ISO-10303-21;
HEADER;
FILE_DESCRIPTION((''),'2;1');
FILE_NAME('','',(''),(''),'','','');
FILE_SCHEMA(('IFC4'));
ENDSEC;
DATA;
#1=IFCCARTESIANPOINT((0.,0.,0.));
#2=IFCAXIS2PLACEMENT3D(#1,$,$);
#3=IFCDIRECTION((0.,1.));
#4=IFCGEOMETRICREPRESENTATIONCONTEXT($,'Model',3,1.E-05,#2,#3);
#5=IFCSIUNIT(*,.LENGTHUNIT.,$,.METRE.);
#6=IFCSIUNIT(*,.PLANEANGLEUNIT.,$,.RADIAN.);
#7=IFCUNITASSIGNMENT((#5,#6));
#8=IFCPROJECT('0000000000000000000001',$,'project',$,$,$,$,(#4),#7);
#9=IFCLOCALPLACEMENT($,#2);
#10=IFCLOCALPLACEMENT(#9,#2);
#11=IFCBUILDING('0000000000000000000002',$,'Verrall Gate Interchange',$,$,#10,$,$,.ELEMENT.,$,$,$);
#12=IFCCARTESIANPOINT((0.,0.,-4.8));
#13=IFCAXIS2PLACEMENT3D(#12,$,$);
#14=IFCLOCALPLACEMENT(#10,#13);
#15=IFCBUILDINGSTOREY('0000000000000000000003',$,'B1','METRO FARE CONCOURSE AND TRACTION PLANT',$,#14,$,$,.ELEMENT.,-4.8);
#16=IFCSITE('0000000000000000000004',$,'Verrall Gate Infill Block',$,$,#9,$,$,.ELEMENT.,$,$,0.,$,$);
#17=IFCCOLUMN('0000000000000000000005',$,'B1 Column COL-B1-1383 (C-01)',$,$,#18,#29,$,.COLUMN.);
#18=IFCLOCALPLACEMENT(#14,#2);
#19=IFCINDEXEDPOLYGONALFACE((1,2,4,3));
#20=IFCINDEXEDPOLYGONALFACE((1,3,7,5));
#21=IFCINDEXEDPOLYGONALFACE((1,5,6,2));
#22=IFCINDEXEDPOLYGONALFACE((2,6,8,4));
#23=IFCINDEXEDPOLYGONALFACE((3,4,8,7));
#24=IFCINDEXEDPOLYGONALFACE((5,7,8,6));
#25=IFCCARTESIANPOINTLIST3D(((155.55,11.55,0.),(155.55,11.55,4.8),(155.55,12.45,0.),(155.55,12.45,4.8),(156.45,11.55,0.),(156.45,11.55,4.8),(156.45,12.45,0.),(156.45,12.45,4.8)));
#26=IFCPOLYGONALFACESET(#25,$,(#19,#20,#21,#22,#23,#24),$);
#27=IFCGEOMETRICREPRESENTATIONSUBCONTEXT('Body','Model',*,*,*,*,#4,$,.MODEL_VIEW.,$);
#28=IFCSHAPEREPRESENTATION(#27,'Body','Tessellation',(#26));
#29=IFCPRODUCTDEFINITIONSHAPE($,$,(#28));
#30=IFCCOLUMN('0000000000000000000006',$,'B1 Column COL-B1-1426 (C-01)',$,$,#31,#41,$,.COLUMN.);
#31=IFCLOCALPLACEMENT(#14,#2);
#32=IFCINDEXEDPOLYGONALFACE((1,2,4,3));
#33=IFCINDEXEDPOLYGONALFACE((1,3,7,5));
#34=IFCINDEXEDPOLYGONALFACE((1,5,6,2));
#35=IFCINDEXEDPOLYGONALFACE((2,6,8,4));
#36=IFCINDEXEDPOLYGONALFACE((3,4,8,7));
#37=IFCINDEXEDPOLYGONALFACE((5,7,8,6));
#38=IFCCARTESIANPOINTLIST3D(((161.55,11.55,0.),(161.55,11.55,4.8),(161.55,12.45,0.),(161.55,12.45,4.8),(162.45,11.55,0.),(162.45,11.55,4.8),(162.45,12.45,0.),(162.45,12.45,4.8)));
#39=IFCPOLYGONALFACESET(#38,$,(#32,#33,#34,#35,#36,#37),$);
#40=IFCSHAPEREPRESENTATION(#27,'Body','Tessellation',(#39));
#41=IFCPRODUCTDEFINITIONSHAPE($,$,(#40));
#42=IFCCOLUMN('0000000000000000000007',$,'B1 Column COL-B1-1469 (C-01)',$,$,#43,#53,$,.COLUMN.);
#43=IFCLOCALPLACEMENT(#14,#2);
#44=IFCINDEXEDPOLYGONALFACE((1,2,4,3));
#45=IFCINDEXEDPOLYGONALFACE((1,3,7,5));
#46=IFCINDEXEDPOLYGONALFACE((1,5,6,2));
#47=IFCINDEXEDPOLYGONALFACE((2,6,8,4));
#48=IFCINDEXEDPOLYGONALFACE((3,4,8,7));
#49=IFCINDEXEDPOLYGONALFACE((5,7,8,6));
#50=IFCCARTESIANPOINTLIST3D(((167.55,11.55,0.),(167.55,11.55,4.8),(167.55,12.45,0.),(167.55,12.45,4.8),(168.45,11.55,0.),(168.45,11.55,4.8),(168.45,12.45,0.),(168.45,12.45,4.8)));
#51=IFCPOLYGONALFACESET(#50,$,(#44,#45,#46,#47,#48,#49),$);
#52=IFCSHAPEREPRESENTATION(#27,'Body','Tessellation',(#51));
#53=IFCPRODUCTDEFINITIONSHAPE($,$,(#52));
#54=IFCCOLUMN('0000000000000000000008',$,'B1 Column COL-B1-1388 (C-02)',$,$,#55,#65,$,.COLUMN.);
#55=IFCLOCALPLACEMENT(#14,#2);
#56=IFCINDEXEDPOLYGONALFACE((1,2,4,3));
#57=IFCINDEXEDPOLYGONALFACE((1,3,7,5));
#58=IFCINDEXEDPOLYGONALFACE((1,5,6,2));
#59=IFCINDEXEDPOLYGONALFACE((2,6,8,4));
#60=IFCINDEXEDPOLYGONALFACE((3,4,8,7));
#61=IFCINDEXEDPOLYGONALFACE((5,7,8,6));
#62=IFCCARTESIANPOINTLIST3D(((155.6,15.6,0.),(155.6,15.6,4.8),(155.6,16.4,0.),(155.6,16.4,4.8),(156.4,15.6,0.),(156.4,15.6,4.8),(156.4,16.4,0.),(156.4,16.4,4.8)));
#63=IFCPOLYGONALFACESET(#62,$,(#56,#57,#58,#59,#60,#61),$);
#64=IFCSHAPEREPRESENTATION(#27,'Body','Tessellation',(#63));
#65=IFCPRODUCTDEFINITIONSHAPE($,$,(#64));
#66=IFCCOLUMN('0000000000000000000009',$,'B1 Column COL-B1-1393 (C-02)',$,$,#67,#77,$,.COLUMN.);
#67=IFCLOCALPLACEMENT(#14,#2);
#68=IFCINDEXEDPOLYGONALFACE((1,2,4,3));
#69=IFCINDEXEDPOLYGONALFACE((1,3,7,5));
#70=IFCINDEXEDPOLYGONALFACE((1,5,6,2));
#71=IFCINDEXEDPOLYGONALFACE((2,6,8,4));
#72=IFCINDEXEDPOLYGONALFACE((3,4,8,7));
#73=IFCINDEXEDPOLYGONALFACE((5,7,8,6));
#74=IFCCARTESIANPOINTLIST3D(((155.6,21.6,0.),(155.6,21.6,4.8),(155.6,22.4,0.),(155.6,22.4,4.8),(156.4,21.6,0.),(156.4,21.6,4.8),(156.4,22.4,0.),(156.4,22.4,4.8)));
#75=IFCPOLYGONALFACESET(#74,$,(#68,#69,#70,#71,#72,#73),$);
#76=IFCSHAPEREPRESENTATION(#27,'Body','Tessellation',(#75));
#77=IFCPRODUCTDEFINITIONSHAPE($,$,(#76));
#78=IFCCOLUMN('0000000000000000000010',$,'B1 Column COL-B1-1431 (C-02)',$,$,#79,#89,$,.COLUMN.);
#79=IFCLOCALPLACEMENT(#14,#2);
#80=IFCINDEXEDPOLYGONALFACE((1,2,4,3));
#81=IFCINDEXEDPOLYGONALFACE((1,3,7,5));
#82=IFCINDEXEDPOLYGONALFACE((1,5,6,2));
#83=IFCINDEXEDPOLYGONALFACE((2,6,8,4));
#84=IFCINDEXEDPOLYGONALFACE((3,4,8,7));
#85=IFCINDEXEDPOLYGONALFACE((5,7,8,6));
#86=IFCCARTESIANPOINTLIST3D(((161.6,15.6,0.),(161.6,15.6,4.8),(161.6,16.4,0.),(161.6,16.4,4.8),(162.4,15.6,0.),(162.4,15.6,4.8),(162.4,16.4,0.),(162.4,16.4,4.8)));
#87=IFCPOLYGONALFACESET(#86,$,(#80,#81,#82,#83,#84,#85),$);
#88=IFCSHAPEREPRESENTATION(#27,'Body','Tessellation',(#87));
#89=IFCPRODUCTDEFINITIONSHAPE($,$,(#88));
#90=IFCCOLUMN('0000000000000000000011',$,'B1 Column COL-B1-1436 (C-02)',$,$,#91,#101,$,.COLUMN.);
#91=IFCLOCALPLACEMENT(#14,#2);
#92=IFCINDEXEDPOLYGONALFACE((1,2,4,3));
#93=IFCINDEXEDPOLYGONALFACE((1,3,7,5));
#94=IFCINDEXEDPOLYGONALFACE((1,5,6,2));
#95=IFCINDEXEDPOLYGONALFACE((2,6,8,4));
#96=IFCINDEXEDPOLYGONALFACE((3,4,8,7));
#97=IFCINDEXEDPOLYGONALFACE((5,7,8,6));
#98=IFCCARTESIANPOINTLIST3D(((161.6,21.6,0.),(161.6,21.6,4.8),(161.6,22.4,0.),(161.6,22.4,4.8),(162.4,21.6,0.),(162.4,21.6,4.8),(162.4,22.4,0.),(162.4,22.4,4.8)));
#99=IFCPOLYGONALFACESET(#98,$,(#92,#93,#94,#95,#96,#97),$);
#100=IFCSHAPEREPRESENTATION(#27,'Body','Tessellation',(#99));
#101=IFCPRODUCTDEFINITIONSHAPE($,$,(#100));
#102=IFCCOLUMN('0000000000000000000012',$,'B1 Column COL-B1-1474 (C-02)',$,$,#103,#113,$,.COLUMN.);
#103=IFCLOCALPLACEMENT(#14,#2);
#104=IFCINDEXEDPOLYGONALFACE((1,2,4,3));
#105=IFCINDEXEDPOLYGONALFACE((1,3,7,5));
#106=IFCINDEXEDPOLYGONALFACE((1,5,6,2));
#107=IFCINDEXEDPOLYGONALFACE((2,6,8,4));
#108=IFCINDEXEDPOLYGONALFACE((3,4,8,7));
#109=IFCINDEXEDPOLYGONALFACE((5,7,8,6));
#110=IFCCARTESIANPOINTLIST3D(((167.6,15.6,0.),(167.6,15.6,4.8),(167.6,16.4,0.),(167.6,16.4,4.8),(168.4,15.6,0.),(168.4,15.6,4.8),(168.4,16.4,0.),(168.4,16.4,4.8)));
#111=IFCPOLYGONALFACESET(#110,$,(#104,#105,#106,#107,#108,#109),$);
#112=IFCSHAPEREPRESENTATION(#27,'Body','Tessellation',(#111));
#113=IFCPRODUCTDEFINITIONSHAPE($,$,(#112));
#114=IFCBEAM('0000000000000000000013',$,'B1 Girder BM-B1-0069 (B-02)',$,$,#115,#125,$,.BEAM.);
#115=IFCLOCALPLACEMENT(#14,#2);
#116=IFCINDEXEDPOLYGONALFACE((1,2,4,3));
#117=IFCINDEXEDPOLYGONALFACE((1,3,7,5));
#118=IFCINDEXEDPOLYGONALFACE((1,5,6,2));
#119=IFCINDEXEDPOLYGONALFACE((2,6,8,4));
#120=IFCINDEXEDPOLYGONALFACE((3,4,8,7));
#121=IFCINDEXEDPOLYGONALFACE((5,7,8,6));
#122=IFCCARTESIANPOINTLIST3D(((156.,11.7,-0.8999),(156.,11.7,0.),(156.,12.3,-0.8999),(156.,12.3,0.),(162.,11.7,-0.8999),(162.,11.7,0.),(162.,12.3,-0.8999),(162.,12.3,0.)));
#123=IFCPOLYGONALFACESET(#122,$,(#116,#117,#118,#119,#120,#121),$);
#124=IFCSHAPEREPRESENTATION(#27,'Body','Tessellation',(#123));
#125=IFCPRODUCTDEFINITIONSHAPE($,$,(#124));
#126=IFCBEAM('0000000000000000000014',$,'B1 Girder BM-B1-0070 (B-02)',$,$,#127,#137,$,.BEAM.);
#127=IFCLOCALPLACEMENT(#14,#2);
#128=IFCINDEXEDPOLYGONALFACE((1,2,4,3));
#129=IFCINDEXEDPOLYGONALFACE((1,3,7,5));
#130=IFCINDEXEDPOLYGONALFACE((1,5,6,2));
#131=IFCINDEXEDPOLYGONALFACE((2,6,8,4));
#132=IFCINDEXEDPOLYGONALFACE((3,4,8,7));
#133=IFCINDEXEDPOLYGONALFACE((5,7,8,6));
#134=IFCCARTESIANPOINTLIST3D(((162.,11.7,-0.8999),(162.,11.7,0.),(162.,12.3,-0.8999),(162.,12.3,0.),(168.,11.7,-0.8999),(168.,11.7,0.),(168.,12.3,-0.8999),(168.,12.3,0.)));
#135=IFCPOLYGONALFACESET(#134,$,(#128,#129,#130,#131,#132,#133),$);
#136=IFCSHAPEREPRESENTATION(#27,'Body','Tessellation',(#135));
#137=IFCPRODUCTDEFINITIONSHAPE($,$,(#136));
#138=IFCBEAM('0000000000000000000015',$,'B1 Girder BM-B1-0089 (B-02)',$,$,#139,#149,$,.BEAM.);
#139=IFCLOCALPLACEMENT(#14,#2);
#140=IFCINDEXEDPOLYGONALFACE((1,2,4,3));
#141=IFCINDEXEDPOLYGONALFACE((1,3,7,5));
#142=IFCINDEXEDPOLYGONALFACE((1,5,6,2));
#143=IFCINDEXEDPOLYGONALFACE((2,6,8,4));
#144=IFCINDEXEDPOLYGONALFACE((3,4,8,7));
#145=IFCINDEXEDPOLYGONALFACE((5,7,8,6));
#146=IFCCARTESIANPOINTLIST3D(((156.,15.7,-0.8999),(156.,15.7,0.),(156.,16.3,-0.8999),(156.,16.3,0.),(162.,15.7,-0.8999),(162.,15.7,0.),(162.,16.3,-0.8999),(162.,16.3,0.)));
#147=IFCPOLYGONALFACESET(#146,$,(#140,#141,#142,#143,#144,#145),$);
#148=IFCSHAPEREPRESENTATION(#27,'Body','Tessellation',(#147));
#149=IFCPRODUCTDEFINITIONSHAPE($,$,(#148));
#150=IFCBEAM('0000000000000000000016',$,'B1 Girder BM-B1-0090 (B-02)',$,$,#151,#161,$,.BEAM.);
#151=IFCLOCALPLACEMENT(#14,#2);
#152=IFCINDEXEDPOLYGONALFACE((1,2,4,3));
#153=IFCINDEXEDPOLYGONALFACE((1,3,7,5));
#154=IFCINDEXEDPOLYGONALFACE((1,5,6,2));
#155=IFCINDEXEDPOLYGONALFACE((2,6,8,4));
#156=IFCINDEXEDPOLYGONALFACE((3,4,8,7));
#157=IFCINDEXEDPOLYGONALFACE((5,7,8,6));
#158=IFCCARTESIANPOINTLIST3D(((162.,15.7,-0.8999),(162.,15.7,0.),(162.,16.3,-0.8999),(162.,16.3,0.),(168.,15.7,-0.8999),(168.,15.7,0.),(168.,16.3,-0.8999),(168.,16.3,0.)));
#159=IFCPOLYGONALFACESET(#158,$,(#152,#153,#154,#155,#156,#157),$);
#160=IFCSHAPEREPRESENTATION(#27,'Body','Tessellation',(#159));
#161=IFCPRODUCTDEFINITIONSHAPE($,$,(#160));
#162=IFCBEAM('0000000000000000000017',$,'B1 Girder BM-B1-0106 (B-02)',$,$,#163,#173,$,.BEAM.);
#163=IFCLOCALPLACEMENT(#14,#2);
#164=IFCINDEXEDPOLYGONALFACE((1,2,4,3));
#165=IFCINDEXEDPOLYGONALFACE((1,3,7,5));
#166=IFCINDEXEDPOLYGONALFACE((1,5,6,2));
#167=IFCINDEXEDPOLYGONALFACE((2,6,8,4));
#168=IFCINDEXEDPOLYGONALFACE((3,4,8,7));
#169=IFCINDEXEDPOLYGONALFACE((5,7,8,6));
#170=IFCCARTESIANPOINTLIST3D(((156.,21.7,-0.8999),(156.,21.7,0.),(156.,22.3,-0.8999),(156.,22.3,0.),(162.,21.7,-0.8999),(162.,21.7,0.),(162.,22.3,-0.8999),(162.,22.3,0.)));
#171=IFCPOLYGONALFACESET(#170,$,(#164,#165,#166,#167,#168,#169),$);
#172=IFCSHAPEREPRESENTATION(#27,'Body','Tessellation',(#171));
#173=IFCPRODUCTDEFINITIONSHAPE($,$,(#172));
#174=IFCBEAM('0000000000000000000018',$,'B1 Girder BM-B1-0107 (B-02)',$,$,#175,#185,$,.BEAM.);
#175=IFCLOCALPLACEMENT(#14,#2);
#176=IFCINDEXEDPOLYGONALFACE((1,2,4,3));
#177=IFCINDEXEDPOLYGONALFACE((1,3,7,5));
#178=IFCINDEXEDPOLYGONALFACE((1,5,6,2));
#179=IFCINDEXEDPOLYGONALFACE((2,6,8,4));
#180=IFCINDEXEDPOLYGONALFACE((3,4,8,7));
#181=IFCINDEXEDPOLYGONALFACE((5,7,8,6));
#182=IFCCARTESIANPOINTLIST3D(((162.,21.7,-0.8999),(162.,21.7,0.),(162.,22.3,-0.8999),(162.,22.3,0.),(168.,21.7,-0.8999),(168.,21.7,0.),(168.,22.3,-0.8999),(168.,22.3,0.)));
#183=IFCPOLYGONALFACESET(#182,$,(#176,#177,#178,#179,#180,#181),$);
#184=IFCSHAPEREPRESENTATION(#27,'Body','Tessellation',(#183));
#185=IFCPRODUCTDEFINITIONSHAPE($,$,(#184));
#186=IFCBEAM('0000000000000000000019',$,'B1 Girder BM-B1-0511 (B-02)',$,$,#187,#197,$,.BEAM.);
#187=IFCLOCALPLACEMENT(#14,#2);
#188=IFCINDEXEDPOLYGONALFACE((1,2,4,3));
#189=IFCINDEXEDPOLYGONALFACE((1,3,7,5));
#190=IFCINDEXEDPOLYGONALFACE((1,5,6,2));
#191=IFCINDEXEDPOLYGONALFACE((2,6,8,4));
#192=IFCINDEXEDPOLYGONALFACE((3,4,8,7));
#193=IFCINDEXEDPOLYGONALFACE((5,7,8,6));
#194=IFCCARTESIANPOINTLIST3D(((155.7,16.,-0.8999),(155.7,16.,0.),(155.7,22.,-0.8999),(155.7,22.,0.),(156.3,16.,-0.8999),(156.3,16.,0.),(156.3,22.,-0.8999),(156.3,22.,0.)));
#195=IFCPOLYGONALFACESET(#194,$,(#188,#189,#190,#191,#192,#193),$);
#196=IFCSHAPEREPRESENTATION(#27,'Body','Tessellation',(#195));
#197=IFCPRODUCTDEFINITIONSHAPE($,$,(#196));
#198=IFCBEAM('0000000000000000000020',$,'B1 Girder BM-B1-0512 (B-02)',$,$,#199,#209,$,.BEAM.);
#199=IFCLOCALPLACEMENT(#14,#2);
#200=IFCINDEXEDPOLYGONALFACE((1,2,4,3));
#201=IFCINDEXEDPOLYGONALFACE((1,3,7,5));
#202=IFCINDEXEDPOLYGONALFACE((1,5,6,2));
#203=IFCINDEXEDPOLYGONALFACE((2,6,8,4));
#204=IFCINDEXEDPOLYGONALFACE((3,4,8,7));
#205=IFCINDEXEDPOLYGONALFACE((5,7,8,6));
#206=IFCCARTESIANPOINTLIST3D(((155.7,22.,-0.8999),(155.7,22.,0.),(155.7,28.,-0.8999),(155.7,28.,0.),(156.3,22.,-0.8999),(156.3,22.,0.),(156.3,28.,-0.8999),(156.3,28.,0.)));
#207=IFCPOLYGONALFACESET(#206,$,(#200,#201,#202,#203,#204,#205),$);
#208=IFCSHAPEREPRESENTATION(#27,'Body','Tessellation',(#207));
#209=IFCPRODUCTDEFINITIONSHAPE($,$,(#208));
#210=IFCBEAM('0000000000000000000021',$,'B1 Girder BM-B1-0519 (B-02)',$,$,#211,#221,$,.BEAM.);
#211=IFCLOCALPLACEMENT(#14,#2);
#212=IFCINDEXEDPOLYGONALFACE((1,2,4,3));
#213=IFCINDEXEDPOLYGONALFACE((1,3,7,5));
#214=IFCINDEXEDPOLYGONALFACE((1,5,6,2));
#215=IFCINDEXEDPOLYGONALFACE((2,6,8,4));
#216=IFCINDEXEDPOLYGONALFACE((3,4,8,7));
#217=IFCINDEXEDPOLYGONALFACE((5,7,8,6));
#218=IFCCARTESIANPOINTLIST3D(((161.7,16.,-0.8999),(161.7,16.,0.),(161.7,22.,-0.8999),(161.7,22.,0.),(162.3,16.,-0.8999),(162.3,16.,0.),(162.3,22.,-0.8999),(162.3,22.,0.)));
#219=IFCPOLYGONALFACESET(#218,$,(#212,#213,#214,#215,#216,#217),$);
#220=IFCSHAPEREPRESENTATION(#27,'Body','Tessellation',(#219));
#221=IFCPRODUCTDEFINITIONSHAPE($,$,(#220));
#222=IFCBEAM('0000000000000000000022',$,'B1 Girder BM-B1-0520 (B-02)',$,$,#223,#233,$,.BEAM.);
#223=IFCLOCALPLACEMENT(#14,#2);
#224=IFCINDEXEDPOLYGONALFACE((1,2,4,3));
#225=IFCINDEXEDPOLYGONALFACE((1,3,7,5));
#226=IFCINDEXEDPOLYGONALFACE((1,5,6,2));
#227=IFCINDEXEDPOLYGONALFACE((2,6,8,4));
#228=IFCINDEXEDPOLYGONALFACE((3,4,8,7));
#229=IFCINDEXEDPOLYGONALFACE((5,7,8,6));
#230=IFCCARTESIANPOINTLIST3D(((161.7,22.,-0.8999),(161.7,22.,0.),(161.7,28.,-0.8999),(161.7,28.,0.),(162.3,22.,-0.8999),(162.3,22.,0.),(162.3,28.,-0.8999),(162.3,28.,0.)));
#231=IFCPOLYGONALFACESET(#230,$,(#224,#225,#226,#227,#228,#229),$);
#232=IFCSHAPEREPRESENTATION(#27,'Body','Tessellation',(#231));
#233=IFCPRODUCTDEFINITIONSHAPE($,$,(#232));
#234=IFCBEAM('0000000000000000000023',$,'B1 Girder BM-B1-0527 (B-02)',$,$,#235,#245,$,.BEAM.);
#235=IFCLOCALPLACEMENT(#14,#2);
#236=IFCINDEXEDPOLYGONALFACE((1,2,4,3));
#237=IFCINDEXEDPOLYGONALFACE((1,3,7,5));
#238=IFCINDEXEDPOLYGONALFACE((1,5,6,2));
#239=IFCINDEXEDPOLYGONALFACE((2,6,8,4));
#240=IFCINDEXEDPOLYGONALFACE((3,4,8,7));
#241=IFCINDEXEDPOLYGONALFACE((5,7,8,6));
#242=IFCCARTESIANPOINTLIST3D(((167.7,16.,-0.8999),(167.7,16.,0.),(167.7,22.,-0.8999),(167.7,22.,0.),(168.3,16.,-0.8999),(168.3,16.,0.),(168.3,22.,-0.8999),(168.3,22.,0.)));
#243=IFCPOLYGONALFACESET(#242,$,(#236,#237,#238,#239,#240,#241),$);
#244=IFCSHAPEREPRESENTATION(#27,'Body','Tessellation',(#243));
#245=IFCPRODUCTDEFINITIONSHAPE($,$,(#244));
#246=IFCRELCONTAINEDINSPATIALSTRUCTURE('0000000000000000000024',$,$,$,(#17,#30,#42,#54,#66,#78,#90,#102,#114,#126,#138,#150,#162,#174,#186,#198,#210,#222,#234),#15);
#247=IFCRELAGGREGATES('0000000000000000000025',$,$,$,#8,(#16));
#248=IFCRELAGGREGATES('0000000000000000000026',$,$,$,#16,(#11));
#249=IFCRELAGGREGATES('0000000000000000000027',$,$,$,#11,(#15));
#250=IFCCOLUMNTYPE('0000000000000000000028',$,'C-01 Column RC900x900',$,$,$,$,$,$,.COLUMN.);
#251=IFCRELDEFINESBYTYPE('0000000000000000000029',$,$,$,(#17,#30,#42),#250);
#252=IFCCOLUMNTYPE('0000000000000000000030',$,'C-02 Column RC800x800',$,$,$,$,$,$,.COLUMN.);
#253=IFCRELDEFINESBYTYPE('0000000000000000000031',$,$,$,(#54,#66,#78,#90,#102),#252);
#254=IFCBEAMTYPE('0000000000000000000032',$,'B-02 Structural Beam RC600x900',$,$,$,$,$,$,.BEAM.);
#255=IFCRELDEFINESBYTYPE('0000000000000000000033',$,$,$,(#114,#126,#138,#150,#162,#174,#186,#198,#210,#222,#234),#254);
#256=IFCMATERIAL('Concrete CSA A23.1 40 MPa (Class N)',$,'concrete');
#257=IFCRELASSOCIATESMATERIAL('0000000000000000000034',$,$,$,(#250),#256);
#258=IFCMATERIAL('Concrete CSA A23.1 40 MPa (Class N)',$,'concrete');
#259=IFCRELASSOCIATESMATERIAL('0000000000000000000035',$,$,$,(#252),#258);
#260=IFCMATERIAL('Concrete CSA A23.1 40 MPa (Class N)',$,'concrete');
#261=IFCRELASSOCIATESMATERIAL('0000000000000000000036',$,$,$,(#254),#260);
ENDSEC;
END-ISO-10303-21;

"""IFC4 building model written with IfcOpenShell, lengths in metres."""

from ifc_helpers import new_model, si_unit, direction, frame, origin, origin_2d, place, context, subcontext, project, spatial, rectangle, extrude, material, material_profile, profile_set, type_object, element, save


model = new_model("IFC4")

# Units and contexts
model_context = context("Model", 3, precision=1e-05, world=origin(), true_north=direction((0.0, 1.0)))
body_context = subcontext(model_context, "Body", "Model", "MODEL_VIEW")
ifc_project = project(units=[si_unit("LENGTHUNIT", "METRE"), si_unit("PLANEANGLEUNIT", "RADIAN")], contexts=[model_context])

# Site, building, storey
site_placement = place(None, origin())
site = spatial("IfcSite", under=ifc_project, at=site_placement, Name="Verrall Gate Infill Block", CompositionType="ELEMENT", RefElevation=0.0)
building_placement = place(site_placement, origin())
building = spatial("IfcBuilding", under=site, at=building_placement, Name="Verrall Gate Interchange", CompositionType="ELEMENT")
storey_placement = place(building_placement, frame((0.0, 0.0, -4.8)))
storey = spatial("IfcBuildingStorey", under=building, at=storey_placement, Name="B1", Description="METRO FARE CONCOURSE AND TRACTION PLANT", CompositionType="ELEMENT", Elevation=-4.8)

# Columns
ifc_material_1 = material(Name="Concrete CSA A23.1 40 MPa (Class N)", Category="concrete")
ifc_material_profile_1 = material_profile(ifc_material_1, rectangle(XDim=0.8999, YDim=0.8999, at=origin_2d()), Name="RC900x900")
ifc_profile_set_1 = profile_set([ifc_material_profile_1], Name="Concrete CSA A23.1 40 MPa (Class N)")
column_type_1 = type_object("IfcColumnType", Name="C-01 Column RC900x900", PredefinedType="COLUMN", material=ifc_profile_set_1)
for number, where, z_axis, x_axis, name in (
    (1, (156.0, 12.0, 0.0), (0.0, 0.0, 1.0), (1.0, 0.0, 0.0), "B1 Column COL-B1-1383 (C-01)"),
    (2, (162.0, 12.0, 0.0), (0.0, 0.0, 1.0), (1.0, 0.0, 0.0), "B1 Column COL-B1-1426 (C-01)"),
    (3, (168.0, 12.0, 0.0), (0.0, 0.0, 1.0), (1.0, 0.0, 0.0), "B1 Column COL-B1-1469 (C-01)"),
):
    element("IfcColumn", number, at=place(storey_placement, frame(where, z_axis=z_axis, x_axis=x_axis)), inside=storey, type_object=column_type_1, Name=name, PredefinedType="COLUMN", context=body_context, shape_type="SweptSolid", body=[
        extrude(rectangle(XDim=0.8999, YDim=0.8999, at=origin_2d()), origin(), (0.0, 0.0, 1.0), 4.8),
    ])
ifc_material_2 = material(Name="Concrete CSA A23.1 40 MPa (Class N)", Category="concrete")
ifc_material_profile_2 = material_profile(ifc_material_2, rectangle(XDim=0.8, YDim=0.8, at=origin_2d()), Name="RC800x800")
ifc_profile_set_2 = profile_set([ifc_material_profile_2], Name="Concrete CSA A23.1 40 MPa (Class N)")
column_type_2 = type_object("IfcColumnType", Name="C-02 Column RC800x800", PredefinedType="COLUMN", material=ifc_profile_set_2)
for number, where, z_axis, x_axis, name in (
    (4, (156.0, 16.0, 0.0), (0.0, 0.0, 1.0), (1.0, 0.0, 0.0), "B1 Column COL-B1-1388 (C-02)"),
    (5, (156.0, 22.0, 0.0), (0.0, 0.0, 1.0), (1.0, 0.0, 0.0), "B1 Column COL-B1-1393 (C-02)"),
    (6, (162.0, 16.0, 0.0), (0.0, 0.0, 1.0), (1.0, 0.0, 0.0), "B1 Column COL-B1-1431 (C-02)"),
    (7, (162.0, 22.0, 0.0), (0.0, 0.0, 1.0), (1.0, 0.0, 0.0), "B1 Column COL-B1-1436 (C-02)"),
    (8, (168.0, 16.0, 0.0), (0.0, 0.0, 1.0), (1.0, 0.0, 0.0), "B1 Column COL-B1-1474 (C-02)"),
):
    element("IfcColumn", number, at=place(storey_placement, frame(where, z_axis=z_axis, x_axis=x_axis)), inside=storey, type_object=column_type_2, Name=name, PredefinedType="COLUMN", context=body_context, shape_type="SweptSolid", body=[
        extrude(rectangle(XDim=0.8, YDim=0.8, at=origin_2d()), origin(), (0.0, 0.0, 1.0), 4.8),
    ])

# Beams
ifc_material_3 = material(Name="Concrete CSA A23.1 40 MPa (Class N)", Category="concrete")
ifc_material_profile_3 = material_profile(ifc_material_3, rectangle(XDim=0.6001, YDim=0.8999, at=origin_2d()), Name="RC600x900")
ifc_profile_set_3 = profile_set([ifc_material_profile_3], Name="Concrete CSA A23.1 40 MPa (Class N)")
beam_type_1 = type_object("IfcBeamType", Name="B-02 Structural Beam RC600x900", PredefinedType="BEAM", material=ifc_profile_set_3)
for number, where, z_axis, x_axis, name in (
    (9, (156.0, 12.0, -0.45), (1.0, 0.0, 0.0), (0.0, 1.0, 0.0), "B1 Girder BM-B1-0069 (B-02)"),
    (10, (162.0, 12.0, -0.45), (1.0, 0.0, 0.0), (0.0, 1.0, 0.0), "B1 Girder BM-B1-0070 (B-02)"),
    (11, (156.0, 16.0, -0.45), (1.0, 0.0, 0.0), (0.0, 1.0, 0.0), "B1 Girder BM-B1-0089 (B-02)"),
    (12, (162.0, 16.0, -0.45), (1.0, 0.0, 0.0), (0.0, 1.0, 0.0), "B1 Girder BM-B1-0090 (B-02)"),
    (13, (156.0, 22.0, -0.45), (1.0, 0.0, 0.0), (0.0, 1.0, 0.0), "B1 Girder BM-B1-0106 (B-02)"),
    (14, (162.0, 22.0, -0.45), (1.0, 0.0, 0.0), (0.0, 1.0, 0.0), "B1 Girder BM-B1-0107 (B-02)"),
    (15, (156.0, 16.0, -0.45), (0.0, 1.0, 0.0), (-1.0, 0.0, 0.0), "B1 Girder BM-B1-0511 (B-02)"),
    (16, (156.0, 22.0, -0.45), (0.0, 1.0, 0.0), (-1.0, 0.0, 0.0), "B1 Girder BM-B1-0512 (B-02)"),
    (17, (162.0, 16.0, -0.45), (0.0, 1.0, 0.0), (-1.0, 0.0, 0.0), "B1 Girder BM-B1-0519 (B-02)"),
    (18, (162.0, 22.0, -0.45), (0.0, 1.0, 0.0), (-1.0, 0.0, 0.0), "B1 Girder BM-B1-0520 (B-02)"),
    (19, (168.0, 16.0, -0.45), (0.0, 1.0, 0.0), (-1.0, 0.0, 0.0), "B1 Girder BM-B1-0527 (B-02)"),
):
    element("IfcBeam", number, at=place(storey_placement, frame(where, z_axis=z_axis, x_axis=x_axis)), inside=storey, type_object=beam_type_1, Name=name, PredefinedType="BEAM", context=body_context, shape_type="SweptSolid", body=[
        extrude(rectangle(XDim=0.6001, YDim=0.8999, at=origin_2d()), origin(), (0.0, 0.0, 1.0), 6.0),
    ])

save(model, "model.ifc")
